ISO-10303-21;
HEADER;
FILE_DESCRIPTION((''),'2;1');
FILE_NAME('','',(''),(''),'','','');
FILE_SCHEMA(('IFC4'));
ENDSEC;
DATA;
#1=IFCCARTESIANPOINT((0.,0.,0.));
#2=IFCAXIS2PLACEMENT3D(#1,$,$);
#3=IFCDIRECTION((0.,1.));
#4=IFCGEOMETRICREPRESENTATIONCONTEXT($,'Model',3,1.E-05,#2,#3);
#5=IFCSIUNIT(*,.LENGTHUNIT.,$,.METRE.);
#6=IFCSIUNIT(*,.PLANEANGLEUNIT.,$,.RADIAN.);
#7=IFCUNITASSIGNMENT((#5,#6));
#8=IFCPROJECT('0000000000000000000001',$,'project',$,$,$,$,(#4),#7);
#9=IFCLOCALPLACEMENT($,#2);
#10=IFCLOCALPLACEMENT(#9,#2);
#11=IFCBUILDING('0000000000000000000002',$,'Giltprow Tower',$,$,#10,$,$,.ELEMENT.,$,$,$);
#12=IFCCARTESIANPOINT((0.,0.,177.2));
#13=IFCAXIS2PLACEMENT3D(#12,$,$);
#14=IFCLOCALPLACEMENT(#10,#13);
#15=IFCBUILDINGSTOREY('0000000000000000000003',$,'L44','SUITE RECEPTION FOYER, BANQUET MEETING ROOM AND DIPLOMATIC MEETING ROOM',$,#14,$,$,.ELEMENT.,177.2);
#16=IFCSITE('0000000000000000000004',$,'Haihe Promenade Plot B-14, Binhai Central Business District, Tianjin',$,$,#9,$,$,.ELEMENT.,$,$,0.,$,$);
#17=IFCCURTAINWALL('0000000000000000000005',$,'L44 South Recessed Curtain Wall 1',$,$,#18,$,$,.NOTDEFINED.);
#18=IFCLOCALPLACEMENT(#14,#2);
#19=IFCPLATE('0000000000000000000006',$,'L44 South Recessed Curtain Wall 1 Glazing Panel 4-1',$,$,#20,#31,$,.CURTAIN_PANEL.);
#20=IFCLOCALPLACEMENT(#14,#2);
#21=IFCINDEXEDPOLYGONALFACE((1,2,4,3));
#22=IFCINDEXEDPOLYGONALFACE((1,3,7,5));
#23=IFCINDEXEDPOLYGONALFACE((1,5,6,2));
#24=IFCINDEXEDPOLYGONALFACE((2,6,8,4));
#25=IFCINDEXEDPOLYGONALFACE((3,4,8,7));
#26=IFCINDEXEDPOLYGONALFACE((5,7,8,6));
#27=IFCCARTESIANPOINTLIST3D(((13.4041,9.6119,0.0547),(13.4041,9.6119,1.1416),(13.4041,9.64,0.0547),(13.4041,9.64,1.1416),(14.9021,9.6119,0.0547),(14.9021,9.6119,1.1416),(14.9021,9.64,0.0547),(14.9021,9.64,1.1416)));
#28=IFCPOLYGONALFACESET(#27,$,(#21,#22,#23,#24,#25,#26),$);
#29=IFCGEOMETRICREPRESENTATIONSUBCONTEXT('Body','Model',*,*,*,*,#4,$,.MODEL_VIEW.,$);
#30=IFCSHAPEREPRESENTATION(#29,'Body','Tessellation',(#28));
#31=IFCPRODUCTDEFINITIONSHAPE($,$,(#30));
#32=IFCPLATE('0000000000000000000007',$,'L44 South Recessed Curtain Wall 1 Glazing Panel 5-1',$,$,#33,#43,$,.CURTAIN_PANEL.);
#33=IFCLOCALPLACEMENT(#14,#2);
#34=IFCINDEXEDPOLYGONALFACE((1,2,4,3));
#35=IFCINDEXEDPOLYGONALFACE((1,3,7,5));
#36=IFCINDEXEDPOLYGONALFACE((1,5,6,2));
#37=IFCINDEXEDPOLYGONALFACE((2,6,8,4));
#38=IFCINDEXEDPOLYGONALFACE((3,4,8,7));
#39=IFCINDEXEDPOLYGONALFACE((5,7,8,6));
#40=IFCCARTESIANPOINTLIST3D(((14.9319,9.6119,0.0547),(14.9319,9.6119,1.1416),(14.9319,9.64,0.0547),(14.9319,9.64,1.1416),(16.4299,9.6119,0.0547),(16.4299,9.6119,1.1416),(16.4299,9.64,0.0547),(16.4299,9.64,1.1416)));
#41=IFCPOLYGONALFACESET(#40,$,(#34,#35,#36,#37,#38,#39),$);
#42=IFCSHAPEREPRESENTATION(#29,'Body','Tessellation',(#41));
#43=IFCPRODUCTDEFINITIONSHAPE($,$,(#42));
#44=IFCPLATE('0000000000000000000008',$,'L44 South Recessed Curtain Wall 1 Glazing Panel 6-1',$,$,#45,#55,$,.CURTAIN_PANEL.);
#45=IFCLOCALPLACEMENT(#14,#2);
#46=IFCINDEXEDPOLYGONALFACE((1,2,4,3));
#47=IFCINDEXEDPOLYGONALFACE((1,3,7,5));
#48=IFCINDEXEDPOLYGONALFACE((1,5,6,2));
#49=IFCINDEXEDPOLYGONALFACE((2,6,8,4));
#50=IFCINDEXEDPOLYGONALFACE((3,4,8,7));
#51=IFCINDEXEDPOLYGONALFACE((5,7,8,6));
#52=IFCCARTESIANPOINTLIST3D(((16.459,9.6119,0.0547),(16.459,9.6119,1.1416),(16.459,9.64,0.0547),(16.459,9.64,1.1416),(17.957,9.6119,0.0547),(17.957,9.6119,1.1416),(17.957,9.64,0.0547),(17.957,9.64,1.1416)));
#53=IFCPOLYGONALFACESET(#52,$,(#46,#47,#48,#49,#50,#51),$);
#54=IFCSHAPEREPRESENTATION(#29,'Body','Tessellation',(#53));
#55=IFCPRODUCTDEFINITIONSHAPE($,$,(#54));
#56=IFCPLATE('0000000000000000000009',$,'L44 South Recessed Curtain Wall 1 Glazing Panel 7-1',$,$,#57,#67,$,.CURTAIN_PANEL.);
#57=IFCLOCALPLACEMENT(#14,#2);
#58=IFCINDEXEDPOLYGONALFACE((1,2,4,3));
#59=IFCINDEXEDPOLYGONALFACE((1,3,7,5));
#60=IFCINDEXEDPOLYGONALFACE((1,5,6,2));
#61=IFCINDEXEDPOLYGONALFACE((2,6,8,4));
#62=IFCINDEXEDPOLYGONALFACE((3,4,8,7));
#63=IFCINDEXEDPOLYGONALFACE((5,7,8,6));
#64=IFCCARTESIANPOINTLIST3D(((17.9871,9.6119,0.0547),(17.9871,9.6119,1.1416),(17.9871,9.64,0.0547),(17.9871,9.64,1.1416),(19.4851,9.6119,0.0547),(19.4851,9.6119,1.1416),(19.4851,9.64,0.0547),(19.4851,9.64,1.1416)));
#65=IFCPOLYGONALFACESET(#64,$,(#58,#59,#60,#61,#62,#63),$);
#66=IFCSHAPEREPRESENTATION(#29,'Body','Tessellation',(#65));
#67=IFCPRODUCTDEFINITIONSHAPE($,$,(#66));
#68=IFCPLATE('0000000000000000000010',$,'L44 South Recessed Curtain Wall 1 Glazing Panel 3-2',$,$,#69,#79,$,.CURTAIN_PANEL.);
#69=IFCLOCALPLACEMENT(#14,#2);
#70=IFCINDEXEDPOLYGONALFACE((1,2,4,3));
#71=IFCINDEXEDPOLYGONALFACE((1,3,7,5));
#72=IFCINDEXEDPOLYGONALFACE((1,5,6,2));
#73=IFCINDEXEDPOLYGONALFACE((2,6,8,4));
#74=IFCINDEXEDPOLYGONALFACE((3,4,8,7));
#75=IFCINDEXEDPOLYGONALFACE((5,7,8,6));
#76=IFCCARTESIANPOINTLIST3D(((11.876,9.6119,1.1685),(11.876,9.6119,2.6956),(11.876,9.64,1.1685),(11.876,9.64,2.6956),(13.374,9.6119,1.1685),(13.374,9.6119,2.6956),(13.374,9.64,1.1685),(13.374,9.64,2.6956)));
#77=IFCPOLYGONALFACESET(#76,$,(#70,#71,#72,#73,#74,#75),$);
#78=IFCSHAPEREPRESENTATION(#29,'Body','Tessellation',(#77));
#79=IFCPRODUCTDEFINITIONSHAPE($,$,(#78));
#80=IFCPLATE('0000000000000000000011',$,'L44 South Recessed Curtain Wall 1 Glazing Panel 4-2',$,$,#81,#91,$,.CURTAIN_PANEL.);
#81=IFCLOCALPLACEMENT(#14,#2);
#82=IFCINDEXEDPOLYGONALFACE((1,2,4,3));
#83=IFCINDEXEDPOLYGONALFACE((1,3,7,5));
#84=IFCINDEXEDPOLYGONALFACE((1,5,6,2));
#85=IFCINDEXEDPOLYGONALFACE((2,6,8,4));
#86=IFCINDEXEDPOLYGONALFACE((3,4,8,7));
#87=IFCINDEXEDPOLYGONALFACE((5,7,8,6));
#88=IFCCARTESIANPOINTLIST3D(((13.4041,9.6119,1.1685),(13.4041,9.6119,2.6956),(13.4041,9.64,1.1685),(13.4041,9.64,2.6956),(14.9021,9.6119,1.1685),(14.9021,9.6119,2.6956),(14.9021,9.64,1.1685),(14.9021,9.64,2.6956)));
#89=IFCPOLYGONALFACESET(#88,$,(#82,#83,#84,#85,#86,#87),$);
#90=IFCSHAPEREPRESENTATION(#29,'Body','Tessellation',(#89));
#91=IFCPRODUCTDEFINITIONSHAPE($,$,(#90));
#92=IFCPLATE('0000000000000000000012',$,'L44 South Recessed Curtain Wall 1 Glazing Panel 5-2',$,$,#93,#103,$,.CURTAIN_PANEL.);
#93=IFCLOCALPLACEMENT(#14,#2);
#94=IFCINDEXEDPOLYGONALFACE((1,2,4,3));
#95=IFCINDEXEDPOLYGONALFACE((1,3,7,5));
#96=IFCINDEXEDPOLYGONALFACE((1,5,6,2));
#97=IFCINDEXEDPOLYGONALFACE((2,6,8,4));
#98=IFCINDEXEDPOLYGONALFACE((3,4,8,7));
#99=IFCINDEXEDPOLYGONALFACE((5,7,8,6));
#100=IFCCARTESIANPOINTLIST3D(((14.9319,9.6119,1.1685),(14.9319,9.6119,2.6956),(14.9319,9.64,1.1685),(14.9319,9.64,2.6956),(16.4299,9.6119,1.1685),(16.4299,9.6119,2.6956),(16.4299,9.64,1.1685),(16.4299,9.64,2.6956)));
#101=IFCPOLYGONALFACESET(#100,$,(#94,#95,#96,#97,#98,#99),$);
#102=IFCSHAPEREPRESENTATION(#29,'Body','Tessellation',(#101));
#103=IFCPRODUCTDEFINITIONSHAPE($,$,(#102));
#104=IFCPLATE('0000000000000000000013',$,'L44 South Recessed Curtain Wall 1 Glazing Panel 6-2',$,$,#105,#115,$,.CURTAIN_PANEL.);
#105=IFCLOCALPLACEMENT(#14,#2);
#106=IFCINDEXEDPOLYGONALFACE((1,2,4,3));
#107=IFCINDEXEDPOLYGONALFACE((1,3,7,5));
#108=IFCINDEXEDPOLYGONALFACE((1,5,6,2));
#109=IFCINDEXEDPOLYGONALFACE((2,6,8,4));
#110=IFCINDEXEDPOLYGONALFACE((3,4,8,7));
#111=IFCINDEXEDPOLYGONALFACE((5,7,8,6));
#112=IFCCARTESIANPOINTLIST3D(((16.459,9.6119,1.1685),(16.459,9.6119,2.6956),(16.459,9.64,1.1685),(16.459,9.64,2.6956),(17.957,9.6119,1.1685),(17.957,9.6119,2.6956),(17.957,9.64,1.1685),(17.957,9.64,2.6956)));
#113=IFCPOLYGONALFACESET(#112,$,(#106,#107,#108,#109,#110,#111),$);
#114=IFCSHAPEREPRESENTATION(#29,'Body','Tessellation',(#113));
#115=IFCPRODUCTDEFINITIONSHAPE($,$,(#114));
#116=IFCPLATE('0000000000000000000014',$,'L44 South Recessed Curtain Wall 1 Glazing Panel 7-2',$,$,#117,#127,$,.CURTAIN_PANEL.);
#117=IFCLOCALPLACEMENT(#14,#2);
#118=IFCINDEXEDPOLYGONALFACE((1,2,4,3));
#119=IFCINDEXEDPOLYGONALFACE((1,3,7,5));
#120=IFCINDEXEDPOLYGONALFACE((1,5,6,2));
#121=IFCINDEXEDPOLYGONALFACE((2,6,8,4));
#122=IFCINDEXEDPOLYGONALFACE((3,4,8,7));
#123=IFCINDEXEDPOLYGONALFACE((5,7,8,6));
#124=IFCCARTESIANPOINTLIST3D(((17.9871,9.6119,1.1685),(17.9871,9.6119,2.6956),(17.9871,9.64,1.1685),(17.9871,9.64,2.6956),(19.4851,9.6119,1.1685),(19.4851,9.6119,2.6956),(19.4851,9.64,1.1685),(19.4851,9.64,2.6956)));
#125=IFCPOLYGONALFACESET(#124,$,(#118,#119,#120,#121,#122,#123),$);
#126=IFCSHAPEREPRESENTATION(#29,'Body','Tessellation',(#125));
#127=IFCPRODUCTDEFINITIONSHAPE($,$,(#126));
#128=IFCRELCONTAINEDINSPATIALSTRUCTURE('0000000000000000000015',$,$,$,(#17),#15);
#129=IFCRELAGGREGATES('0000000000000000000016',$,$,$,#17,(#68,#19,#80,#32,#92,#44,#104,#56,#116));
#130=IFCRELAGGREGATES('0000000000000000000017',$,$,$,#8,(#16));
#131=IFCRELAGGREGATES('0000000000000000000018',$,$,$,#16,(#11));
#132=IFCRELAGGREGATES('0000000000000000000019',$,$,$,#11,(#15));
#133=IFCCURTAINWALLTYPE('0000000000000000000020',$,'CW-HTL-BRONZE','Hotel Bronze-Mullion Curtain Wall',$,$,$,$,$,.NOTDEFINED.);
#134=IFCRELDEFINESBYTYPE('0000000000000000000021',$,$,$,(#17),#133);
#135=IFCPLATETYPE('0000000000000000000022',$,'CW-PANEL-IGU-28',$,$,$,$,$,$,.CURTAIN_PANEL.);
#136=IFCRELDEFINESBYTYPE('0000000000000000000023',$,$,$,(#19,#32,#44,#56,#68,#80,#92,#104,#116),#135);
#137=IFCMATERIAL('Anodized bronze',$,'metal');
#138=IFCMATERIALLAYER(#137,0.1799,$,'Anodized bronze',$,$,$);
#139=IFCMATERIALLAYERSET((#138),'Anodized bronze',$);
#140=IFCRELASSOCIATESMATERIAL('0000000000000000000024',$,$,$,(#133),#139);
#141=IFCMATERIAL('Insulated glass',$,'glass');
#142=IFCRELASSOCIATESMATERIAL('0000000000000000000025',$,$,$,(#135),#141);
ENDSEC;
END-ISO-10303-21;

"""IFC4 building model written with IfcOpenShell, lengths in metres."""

from ifc_helpers import new_model, si_unit, direction, frame, origin, origin_2d, place, context, subcontext, project, spatial, rectangle, extrude, source, transform, mapped, material, layer, layer_set, type_object, element, aggregate, save


model = new_model("IFC4")

# Units and contexts
model_context = context("Model", 3, precision=1e-05, world=origin(), true_north=direction((0.0, 1.0)))
body_context = subcontext(model_context, "Body", "Model", "MODEL_VIEW")
ifc_project = project(units=[si_unit("LENGTHUNIT", "METRE"), si_unit("PLANEANGLEUNIT", "RADIAN")], contexts=[model_context])

# Site, building, storey
site_placement = place(None, origin())
site = spatial("IfcSite", under=ifc_project, at=site_placement, Name="Haihe Promenade Plot B-14, Binhai Central Business District, Tianjin", CompositionType="ELEMENT", RefElevation=0.0)
building_placement = place(site_placement, origin())
building = spatial("IfcBuilding", under=site, at=building_placement, Name="Giltprow Tower", CompositionType="ELEMENT")
storey_placement = place(building_placement, frame((0.0, 0.0, 177.2)))
storey = spatial("IfcBuildingStorey", under=building, at=storey_placement, Name="L44", Description="SUITE RECEPTION FOYER, BANQUET MEETING ROOM AND DIPLOMATIC MEETING ROOM", CompositionType="ELEMENT", Elevation=177.2)

# Curtain wall
ifc_material_1 = material(Name="Anodized bronze", Category="metal")
ifc_layer = layer(ifc_material_1, 0.1799, Name="Anodized bronze")
ifc_layer_set = layer_set([ifc_layer], Name="Anodized bronze")
curtain_wall_type = type_object("IfcCurtainWallType", Name="CW-HTL-BRONZE", Description="Hotel Bronze-Mullion Curtain Wall", PredefinedType="NOTDEFINED", material=ifc_layer_set)
curtain_wall_placement = place(storey_placement, origin())
curtain_wall = element("IfcCurtainWall", 1, at=curtain_wall_placement, inside=storey, type_object=curtain_wall_type, Name="L44 South Recessed Curtain Wall 1", PredefinedType="NOTDEFINED")

# Plates
ifc_material_2 = material(Name="Insulated glass", Category="glass")
plate_type_1 = type_object("IfcPlateType", Name="CW-PANEL-IGU-28", PredefinedType="CURTAIN_PANEL", material=ifc_material_2)
shared_shape_1 = source(origin(), body_context, "Body", "SweptSolid", [
    extrude(rectangle(XDim=1.498, YDim=0.0281, at=origin_2d()), origin(), (0.0, 0.0, 1.0), 1.0869),
])
plate_1_placement = place(storey_placement, frame((14.1531, 9.626, 0.0547), z_axis=(0.0, 0.0, 1.0), x_axis=(1.0, 0.0, 0.0)))
plate_1 = element("IfcPlate", 2, at=plate_1_placement, type_object=plate_type_1, Name="L44 South Recessed Curtain Wall 1 Glazing Panel 4-1", PredefinedType="CURTAIN_PANEL", context=body_context, shape_type="MappedRepresentation", body=[
    mapped(shared_shape_1, transform((0.0, 0.0, 0.0), x_axis=(1.0, 0.0, 0.0), y_axis=(0.0, 1.0, 0.0), z_axis=(0.0, 0.0, 1.0), scale=1.0)),
])
plate_2_placement = place(storey_placement, frame((15.6809, 9.626, 0.0547), z_axis=(0.0, 0.0, 1.0), x_axis=(1.0, 0.0, 0.0)))
plate_2 = element("IfcPlate", 3, at=plate_2_placement, type_object=plate_type_1, Name="L44 South Recessed Curtain Wall 1 Glazing Panel 5-1", PredefinedType="CURTAIN_PANEL", context=body_context, shape_type="MappedRepresentation", body=[
    mapped(shared_shape_1, transform((0.0, 0.0, 0.0), x_axis=(1.0, 0.0, 0.0), y_axis=(0.0, 1.0, 0.0), z_axis=(0.0, 0.0, 1.0), scale=1.0)),
])
plate_3_placement = place(storey_placement, frame((17.208, 9.626, 0.0547), z_axis=(0.0, 0.0, 1.0), x_axis=(1.0, 0.0, 0.0)))
plate_3 = element("IfcPlate", 4, at=plate_3_placement, type_object=plate_type_1, Name="L44 South Recessed Curtain Wall 1 Glazing Panel 6-1", PredefinedType="CURTAIN_PANEL", context=body_context, shape_type="MappedRepresentation", body=[
    mapped(shared_shape_1, transform((0.0, 0.0, 0.0), x_axis=(1.0, 0.0, 0.0), y_axis=(0.0, 1.0, 0.0), z_axis=(0.0, 0.0, 1.0), scale=1.0)),
])
plate_4_placement = place(storey_placement, frame((18.7361, 9.626, 0.0547), z_axis=(0.0, 0.0, 1.0), x_axis=(1.0, 0.0, 0.0)))
plate_4 = element("IfcPlate", 5, at=plate_4_placement, type_object=plate_type_1, Name="L44 South Recessed Curtain Wall 1 Glazing Panel 7-1", PredefinedType="CURTAIN_PANEL", context=body_context, shape_type="MappedRepresentation", body=[
    mapped(shared_shape_1, transform((0.0, 0.0, 0.0), x_axis=(1.0, 0.0, 0.0), y_axis=(0.0, 1.0, 0.0), z_axis=(0.0, 0.0, 1.0), scale=1.0)),
])
shared_shape_2 = source(origin(), body_context, "Body", "SweptSolid", [
    extrude(rectangle(XDim=1.498, YDim=0.0281, at=origin_2d()), origin(), (0.0, 0.0, 1.0), 1.5271),
])
plate_5_placement = place(storey_placement, frame((12.625, 9.626, 1.1685), z_axis=(0.0, 0.0, 1.0), x_axis=(1.0, 0.0, 0.0)))
plate_5 = element("IfcPlate", 6, at=plate_5_placement, type_object=plate_type_1, Name="L44 South Recessed Curtain Wall 1 Glazing Panel 3-2", PredefinedType="CURTAIN_PANEL", context=body_context, shape_type="MappedRepresentation", body=[
    mapped(shared_shape_2, transform((0.0, 0.0, 0.0), x_axis=(1.0, 0.0, 0.0), y_axis=(0.0, 1.0, 0.0), z_axis=(0.0, 0.0, 1.0), scale=1.0)),
])
plate_6_placement = place(storey_placement, frame((14.1531, 9.626, 1.1685), z_axis=(0.0, 0.0, 1.0), x_axis=(1.0, 0.0, 0.0)))
plate_6 = element("IfcPlate", 7, at=plate_6_placement, type_object=plate_type_1, Name="L44 South Recessed Curtain Wall 1 Glazing Panel 4-2", PredefinedType="CURTAIN_PANEL", context=body_context, shape_type="MappedRepresentation", body=[
    mapped(shared_shape_2, transform((0.0, 0.0, 0.0), x_axis=(1.0, 0.0, 0.0), y_axis=(0.0, 1.0, 0.0), z_axis=(0.0, 0.0, 1.0), scale=1.0)),
])
plate_7_placement = place(storey_placement, frame((15.6809, 9.626, 1.1685), z_axis=(0.0, 0.0, 1.0), x_axis=(1.0, 0.0, 0.0)))
plate_7 = element("IfcPlate", 8, at=plate_7_placement, type_object=plate_type_1, Name="L44 South Recessed Curtain Wall 1 Glazing Panel 5-2", PredefinedType="CURTAIN_PANEL", context=body_context, shape_type="MappedRepresentation", body=[
    mapped(shared_shape_2, transform((0.0, 0.0, 0.0), x_axis=(1.0, 0.0, 0.0), y_axis=(0.0, 1.0, 0.0), z_axis=(0.0, 0.0, 1.0), scale=1.0)),
])
plate_8_placement = place(storey_placement, frame((17.208, 9.626, 1.1685), z_axis=(0.0, 0.0, 1.0), x_axis=(1.0, 0.0, 0.0)))
plate_8 = element("IfcPlate", 9, at=plate_8_placement, type_object=plate_type_1, Name="L44 South Recessed Curtain Wall 1 Glazing Panel 6-2", PredefinedType="CURTAIN_PANEL", context=body_context, shape_type="MappedRepresentation", body=[
    mapped(shared_shape_2, transform((0.0, 0.0, 0.0), x_axis=(1.0, 0.0, 0.0), y_axis=(0.0, 1.0, 0.0), z_axis=(0.0, 0.0, 1.0), scale=1.0)),
])
plate_9_placement = place(storey_placement, frame((18.7361, 9.626, 1.1685), z_axis=(0.0, 0.0, 1.0), x_axis=(1.0, 0.0, 0.0)))
plate_9 = element("IfcPlate", 10, at=plate_9_placement, type_object=plate_type_1, Name="L44 South Recessed Curtain Wall 1 Glazing Panel 7-2", PredefinedType="CURTAIN_PANEL", context=body_context, shape_type="MappedRepresentation", body=[
    mapped(shared_shape_2, transform((0.0, 0.0, 0.0), x_axis=(1.0, 0.0, 0.0), y_axis=(0.0, 1.0, 0.0), z_axis=(0.0, 0.0, 1.0), scale=1.0)),
])
aggregate(curtain_wall, [plate_5, plate_1, plate_6, plate_2, plate_7, plate_3, plate_8, plate_4, plate_9])

save(model, "model.ifc")
